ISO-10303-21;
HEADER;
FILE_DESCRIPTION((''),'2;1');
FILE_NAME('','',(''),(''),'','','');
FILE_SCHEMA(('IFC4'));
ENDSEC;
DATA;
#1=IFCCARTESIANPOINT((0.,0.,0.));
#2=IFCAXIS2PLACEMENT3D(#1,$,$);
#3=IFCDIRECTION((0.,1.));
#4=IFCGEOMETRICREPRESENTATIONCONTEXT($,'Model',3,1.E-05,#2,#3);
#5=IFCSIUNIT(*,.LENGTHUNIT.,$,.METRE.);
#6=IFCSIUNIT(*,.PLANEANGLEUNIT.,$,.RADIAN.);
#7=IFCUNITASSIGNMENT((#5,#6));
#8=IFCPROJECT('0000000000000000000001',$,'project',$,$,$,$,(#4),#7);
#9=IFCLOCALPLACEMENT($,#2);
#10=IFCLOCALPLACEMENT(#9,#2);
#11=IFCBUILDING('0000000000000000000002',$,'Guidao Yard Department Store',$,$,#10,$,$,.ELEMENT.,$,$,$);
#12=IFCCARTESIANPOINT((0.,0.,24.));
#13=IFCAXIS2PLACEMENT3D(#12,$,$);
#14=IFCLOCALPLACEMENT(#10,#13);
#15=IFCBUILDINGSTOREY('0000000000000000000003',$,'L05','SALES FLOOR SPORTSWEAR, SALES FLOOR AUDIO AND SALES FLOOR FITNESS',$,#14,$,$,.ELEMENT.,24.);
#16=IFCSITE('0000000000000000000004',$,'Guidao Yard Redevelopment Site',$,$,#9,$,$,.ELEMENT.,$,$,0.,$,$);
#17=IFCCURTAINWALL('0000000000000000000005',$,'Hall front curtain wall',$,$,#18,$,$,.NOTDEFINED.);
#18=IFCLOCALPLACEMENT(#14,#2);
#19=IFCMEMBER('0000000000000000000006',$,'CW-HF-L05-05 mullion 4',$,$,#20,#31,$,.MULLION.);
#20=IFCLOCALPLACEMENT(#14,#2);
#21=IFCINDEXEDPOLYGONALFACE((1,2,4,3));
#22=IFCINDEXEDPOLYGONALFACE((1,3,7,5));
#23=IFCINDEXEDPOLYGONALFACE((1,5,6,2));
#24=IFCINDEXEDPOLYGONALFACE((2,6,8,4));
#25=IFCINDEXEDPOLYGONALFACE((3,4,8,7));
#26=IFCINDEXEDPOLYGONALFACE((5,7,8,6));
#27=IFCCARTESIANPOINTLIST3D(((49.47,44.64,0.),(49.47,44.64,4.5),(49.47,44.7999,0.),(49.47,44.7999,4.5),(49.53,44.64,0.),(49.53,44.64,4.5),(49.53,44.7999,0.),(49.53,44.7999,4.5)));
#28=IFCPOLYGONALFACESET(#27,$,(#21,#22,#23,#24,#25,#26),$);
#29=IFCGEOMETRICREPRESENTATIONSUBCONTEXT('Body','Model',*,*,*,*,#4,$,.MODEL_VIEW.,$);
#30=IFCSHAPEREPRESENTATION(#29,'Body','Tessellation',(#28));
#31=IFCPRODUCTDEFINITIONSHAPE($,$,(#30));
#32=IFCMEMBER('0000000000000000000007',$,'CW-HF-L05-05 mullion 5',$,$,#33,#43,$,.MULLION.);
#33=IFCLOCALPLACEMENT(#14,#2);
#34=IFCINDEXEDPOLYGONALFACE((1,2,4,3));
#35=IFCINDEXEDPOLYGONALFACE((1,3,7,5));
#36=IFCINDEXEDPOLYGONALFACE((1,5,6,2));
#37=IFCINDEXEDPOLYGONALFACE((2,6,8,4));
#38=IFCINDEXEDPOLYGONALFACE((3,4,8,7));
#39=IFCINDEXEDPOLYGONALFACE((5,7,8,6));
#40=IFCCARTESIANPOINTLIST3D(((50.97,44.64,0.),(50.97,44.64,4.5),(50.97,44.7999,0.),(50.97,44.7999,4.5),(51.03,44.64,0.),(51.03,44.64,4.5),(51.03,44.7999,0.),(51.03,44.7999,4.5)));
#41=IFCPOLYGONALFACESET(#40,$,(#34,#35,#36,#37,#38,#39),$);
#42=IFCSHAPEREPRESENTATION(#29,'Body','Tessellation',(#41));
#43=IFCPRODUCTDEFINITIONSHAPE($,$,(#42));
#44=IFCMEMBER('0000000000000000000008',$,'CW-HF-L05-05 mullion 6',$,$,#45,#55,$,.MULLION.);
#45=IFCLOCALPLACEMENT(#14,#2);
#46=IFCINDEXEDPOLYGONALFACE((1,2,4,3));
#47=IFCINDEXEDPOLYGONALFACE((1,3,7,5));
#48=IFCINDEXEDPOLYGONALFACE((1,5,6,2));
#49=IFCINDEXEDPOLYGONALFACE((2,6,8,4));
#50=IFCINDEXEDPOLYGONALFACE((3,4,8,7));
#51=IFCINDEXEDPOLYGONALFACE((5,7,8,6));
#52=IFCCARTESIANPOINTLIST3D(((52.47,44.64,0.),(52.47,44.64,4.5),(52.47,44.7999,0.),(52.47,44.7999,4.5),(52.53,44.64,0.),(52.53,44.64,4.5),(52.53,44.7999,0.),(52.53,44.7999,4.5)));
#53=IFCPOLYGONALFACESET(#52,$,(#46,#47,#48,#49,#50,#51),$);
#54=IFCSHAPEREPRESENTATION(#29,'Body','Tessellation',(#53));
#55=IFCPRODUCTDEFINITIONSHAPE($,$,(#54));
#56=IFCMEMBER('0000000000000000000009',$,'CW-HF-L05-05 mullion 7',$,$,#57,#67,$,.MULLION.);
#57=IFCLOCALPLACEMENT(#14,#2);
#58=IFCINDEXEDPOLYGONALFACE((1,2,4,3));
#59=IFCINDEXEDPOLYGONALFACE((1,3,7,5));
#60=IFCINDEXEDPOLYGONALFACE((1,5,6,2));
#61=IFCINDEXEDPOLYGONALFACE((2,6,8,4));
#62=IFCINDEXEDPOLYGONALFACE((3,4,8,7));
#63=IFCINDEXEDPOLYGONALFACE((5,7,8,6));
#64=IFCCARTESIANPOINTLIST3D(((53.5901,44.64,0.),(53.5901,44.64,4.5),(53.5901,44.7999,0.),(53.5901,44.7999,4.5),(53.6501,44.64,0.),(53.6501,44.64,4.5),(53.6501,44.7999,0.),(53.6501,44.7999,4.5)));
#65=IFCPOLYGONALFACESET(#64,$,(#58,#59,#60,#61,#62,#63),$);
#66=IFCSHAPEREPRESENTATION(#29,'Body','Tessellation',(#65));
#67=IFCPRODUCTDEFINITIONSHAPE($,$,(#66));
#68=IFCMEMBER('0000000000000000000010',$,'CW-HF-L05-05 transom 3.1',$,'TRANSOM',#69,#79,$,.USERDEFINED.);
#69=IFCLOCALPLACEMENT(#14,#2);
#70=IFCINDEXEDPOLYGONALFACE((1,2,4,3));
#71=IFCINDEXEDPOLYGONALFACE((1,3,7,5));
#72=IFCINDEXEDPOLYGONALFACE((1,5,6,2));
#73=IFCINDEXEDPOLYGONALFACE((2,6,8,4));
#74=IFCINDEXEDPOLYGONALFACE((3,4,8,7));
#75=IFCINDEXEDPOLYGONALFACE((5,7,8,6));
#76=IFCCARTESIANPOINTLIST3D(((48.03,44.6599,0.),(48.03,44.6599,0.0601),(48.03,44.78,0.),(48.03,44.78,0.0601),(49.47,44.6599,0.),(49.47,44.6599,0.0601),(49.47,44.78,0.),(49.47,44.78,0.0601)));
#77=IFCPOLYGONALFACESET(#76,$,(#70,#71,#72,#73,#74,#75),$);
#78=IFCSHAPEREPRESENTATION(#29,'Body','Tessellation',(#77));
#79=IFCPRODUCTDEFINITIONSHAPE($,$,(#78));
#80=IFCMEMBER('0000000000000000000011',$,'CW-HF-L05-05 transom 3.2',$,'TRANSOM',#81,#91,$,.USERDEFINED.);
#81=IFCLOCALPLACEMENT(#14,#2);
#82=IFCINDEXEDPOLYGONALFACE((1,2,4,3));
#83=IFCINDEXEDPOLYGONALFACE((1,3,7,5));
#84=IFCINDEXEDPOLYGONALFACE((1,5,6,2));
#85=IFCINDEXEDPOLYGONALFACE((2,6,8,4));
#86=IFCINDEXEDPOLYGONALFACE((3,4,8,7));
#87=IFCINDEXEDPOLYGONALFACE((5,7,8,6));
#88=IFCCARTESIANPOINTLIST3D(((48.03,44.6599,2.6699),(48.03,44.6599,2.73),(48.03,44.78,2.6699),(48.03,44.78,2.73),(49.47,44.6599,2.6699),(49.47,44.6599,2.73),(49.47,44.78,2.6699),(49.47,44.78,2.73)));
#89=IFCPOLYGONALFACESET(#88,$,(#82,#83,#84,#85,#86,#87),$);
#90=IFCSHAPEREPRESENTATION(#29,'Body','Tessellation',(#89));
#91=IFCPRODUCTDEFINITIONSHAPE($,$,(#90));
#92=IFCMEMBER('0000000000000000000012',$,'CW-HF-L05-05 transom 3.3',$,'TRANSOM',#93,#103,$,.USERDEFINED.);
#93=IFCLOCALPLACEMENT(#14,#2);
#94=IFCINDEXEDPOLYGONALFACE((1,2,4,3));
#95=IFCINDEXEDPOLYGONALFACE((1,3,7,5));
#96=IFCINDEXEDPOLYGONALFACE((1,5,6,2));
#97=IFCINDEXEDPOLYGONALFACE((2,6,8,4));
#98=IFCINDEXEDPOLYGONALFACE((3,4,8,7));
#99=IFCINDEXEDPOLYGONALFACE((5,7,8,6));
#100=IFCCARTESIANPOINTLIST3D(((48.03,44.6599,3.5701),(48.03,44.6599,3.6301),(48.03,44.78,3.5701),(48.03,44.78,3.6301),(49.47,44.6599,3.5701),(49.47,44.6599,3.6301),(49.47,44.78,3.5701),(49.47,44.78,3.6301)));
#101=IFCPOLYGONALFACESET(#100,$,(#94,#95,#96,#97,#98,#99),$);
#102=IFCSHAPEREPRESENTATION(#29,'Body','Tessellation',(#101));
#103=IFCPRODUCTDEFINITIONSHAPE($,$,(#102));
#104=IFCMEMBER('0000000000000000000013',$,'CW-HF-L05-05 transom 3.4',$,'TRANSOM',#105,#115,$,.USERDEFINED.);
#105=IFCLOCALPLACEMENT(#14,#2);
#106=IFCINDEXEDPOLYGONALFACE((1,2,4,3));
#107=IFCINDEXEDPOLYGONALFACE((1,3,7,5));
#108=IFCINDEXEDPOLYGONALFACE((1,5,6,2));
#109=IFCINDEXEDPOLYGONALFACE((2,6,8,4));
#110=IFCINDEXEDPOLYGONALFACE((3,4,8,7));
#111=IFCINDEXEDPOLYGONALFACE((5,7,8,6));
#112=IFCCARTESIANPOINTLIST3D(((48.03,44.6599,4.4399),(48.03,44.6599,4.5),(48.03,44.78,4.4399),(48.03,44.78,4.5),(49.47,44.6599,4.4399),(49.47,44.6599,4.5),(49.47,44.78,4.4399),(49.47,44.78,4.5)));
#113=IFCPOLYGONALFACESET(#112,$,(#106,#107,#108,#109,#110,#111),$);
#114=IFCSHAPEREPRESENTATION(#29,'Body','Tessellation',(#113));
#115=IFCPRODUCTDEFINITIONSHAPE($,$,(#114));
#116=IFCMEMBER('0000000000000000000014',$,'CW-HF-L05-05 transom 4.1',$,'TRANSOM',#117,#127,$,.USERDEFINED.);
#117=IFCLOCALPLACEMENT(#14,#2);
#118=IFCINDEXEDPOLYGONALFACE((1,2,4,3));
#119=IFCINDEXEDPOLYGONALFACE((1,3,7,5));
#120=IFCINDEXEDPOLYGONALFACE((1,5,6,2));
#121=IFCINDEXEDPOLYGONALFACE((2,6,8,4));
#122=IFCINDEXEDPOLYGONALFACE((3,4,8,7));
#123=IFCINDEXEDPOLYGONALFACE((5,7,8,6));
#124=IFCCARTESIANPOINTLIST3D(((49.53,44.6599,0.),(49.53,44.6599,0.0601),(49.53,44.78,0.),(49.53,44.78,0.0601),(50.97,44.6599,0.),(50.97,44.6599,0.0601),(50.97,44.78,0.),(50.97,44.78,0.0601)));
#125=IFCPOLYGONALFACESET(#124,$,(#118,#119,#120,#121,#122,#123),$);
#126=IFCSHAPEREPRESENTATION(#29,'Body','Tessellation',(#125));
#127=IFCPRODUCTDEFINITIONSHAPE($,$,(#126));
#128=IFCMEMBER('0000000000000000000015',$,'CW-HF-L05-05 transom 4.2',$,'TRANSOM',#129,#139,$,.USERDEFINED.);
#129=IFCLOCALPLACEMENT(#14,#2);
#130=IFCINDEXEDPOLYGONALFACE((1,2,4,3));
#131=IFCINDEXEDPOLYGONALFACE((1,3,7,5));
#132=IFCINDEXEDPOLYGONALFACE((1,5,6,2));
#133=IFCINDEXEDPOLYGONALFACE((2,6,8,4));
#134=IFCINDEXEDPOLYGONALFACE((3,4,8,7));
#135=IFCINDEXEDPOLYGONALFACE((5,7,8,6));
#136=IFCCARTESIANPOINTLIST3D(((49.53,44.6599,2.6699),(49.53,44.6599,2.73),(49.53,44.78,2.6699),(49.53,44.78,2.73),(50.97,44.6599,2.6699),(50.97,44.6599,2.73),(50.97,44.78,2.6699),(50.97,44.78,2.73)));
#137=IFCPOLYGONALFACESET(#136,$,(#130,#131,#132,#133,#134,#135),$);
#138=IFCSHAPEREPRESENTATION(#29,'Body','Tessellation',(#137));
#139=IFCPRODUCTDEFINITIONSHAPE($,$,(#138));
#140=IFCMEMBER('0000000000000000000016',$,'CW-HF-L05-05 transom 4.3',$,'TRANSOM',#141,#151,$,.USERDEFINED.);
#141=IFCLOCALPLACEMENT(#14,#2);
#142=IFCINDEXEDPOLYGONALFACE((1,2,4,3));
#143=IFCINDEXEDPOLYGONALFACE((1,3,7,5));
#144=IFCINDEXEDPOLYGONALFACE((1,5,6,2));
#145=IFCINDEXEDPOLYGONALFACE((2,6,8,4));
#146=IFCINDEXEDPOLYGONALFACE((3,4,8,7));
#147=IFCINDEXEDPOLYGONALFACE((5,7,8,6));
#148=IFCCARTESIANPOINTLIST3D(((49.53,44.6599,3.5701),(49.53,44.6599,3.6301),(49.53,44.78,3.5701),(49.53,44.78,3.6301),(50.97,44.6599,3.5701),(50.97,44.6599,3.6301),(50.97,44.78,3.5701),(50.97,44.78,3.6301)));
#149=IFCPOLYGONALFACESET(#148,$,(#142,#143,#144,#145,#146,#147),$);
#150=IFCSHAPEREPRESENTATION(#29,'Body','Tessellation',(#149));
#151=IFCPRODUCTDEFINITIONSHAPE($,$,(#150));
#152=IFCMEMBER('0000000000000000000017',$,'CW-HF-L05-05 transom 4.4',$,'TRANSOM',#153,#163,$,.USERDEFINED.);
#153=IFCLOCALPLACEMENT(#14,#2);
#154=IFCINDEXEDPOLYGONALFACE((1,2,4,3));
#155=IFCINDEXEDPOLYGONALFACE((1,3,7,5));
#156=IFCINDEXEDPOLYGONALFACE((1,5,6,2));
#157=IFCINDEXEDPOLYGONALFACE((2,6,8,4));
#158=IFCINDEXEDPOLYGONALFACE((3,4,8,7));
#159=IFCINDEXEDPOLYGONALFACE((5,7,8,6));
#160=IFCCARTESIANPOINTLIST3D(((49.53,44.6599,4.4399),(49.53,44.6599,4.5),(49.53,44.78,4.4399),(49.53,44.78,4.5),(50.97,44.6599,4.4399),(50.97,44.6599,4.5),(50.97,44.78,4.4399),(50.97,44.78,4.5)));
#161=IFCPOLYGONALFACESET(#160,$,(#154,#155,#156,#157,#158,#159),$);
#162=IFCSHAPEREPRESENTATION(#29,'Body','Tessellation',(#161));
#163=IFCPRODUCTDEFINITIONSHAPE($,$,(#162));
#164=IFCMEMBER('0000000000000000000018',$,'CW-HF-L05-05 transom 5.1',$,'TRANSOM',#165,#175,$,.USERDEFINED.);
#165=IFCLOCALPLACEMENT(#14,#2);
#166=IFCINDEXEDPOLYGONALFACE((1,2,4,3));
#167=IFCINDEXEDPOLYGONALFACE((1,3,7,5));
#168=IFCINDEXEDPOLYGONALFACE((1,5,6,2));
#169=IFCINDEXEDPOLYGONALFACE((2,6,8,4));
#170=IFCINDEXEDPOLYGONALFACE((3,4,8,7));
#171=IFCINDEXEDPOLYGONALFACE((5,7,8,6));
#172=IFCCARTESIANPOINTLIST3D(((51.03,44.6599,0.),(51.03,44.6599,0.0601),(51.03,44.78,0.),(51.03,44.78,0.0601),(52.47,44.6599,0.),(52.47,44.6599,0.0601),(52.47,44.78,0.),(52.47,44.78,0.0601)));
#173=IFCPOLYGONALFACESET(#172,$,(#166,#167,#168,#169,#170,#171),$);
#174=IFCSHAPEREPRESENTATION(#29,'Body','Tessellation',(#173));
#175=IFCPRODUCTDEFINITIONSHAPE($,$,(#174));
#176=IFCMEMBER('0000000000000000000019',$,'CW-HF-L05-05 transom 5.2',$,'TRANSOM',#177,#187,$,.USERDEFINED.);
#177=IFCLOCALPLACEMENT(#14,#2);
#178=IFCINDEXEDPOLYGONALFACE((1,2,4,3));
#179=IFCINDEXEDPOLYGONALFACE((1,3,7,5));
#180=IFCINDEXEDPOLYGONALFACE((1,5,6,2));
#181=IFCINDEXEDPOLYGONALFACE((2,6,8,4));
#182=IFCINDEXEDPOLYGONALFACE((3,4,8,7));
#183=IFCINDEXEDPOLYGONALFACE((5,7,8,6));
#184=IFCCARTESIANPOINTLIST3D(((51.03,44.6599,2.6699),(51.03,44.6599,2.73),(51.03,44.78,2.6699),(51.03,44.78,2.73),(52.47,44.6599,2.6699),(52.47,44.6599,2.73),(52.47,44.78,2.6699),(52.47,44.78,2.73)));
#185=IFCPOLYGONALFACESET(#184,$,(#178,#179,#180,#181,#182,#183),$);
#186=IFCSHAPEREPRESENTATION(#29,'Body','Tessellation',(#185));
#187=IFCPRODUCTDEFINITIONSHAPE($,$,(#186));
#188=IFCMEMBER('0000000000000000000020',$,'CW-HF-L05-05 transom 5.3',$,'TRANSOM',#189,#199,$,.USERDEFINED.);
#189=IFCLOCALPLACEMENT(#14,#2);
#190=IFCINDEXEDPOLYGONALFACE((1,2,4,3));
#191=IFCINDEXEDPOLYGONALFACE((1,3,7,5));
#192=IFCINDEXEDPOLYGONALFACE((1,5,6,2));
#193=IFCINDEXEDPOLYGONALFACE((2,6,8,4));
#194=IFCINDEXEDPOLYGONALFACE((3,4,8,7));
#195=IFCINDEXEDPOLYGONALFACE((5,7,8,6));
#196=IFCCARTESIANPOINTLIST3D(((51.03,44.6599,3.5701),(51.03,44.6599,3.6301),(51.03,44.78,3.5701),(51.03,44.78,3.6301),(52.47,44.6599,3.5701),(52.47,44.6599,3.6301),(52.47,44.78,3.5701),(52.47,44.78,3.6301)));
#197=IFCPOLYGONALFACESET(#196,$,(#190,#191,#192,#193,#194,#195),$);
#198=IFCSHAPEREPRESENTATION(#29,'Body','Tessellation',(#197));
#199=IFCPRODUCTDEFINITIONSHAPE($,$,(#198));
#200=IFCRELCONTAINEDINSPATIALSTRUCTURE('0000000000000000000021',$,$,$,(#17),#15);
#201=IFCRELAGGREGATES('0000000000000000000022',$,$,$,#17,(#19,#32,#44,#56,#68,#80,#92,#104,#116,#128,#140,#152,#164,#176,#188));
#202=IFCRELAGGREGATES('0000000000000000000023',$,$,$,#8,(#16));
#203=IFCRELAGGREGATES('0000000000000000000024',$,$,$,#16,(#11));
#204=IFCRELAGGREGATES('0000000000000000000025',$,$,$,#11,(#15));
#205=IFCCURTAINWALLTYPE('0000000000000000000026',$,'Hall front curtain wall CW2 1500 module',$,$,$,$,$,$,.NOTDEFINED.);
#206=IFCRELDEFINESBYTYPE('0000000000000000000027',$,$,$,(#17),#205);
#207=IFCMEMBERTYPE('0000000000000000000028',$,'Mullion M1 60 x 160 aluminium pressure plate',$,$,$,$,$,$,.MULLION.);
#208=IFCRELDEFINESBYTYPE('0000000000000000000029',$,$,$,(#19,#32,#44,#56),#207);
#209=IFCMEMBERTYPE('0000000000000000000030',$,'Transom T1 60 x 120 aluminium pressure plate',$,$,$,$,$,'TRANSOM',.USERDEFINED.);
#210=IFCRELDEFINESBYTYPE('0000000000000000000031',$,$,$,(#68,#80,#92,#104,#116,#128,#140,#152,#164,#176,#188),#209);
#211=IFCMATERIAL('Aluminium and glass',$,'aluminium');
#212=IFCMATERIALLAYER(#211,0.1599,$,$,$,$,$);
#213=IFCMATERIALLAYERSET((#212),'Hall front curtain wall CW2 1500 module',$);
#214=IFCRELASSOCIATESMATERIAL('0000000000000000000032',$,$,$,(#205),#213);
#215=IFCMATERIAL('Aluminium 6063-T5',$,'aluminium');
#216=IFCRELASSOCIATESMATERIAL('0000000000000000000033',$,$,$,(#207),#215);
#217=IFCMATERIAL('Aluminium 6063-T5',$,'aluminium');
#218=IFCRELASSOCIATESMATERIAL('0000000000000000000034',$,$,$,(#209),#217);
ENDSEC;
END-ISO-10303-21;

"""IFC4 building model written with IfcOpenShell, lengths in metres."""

from ifc_helpers import new_model, si_unit, direction, frame, origin, origin_2d, place, context, subcontext, project, spatial, rectangle, extrude, material, layer, layer_set, material_profile, profile_set, type_object, element, aggregate, save


model = new_model("IFC4")

# Units and contexts
model_context = context("Model", 3, precision=1e-05, world=origin(), true_north=direction((0.0, 1.0)))
body_context = subcontext(model_context, "Body", "Model", "MODEL_VIEW")
ifc_project = project(units=[si_unit("LENGTHUNIT", "METRE"), si_unit("PLANEANGLEUNIT", "RADIAN")], contexts=[model_context])

# Site, building, storey
site_placement = place(None, origin())
site = spatial("IfcSite", under=ifc_project, at=site_placement, Name="Guidao Yard Redevelopment Site", CompositionType="ELEMENT", RefElevation=0.0)
building_placement = place(site_placement, origin())
building = spatial("IfcBuilding", under=site, at=building_placement, Name="Guidao Yard Department Store", CompositionType="ELEMENT")
storey_placement = place(building_placement, frame((0.0, 0.0, 24.0)))
storey = spatial("IfcBuildingStorey", under=building, at=storey_placement, Name="L05", Description="SALES FLOOR SPORTSWEAR, SALES FLOOR AUDIO AND SALES FLOOR FITNESS", CompositionType="ELEMENT", Elevation=24.0)

# Curtain wall, members
ifc_material_1 = material(Name="Aluminium and glass", Category="aluminium")
ifc_layer_1 = layer(ifc_material_1, 0.1599)
ifc_layer_set_1 = layer_set([ifc_layer_1], Name="Hall front curtain wall CW2 1500 module")
curtain_wall_type = type_object("IfcCurtainWallType", Name="Hall front curtain wall CW2 1500 module", PredefinedType="NOTDEFINED", material=ifc_layer_set_1)
curtain_wall_placement = place(storey_placement, origin())
curtain_wall = element("IfcCurtainWall", 1, at=curtain_wall_placement, inside=storey, type_object=curtain_wall_type, Name="Hall front curtain wall", PredefinedType="NOTDEFINED")
ifc_material_2 = material(Name="Aluminium 6063-T5", Category="aluminium")
ifc_material_profile_1 = material_profile(ifc_material_2, rectangle(XDim=0.0601, YDim=0.1599, at=origin_2d()), Name="Mullion M1 60 x 160 aluminium pressure plate")
ifc_profile_set_1 = profile_set([ifc_material_profile_1], Name="Aluminium 6063-T5")
member_type_1 = type_object("IfcMemberType", Name="Mullion M1 60 x 160 aluminium pressure plate", PredefinedType="MULLION", material=ifc_profile_set_1)
member_1_placement = place(storey_placement, frame((49.5, 44.72, 0.0), z_axis=(0.0, 0.0, 1.0), x_axis=(-1.0, 0.0, 0.0)))
member_1 = element("IfcMember", 2, at=member_1_placement, type_object=member_type_1, Name="CW-HF-L05-05 mullion 4", PredefinedType="MULLION", context=body_context, shape_type="SweptSolid", body=[
    extrude(rectangle(XDim=0.0601, YDim=0.1599, at=origin_2d()), origin(), (0.0, 0.0, 1.0), 4.5),
])
member_2_placement = place(storey_placement, frame((51.0, 44.72, 0.0), z_axis=(0.0, 0.0, 1.0), x_axis=(-1.0, 0.0, 0.0)))
member_2 = element("IfcMember", 3, at=member_2_placement, type_object=member_type_1, Name="CW-HF-L05-05 mullion 5", PredefinedType="MULLION", context=body_context, shape_type="SweptSolid", body=[
    extrude(rectangle(XDim=0.0601, YDim=0.1599, at=origin_2d()), origin(), (0.0, 0.0, 1.0), 4.5),
])
member_3_placement = place(storey_placement, frame((52.5, 44.72, 0.0), z_axis=(0.0, 0.0, 1.0), x_axis=(-1.0, 0.0, 0.0)))
member_3 = element("IfcMember", 4, at=member_3_placement, type_object=member_type_1, Name="CW-HF-L05-05 mullion 6", PredefinedType="MULLION", context=body_context, shape_type="SweptSolid", body=[
    extrude(rectangle(XDim=0.0601, YDim=0.1599, at=origin_2d()), origin(), (0.0, 0.0, 1.0), 4.5),
])
member_4_placement = place(storey_placement, frame((53.6201, 44.72, 0.0), z_axis=(0.0, 0.0, 1.0), x_axis=(-1.0, 0.0, 0.0)))
member_4 = element("IfcMember", 5, at=member_4_placement, type_object=member_type_1, Name="CW-HF-L05-05 mullion 7", PredefinedType="MULLION", context=body_context, shape_type="SweptSolid", body=[
    extrude(rectangle(XDim=0.0601, YDim=0.1599, at=origin_2d()), origin(), (0.0, 0.0, 1.0), 4.5),
])
ifc_material_3 = material(Name="Aluminium 6063-T5", Category="aluminium")
ifc_material_profile_2 = material_profile(ifc_material_3, rectangle(XDim=0.1201, YDim=0.0601, at=origin_2d()), Name="Transom T1 60 x 120 aluminium pressure plate")
ifc_profile_set_2 = profile_set([ifc_material_profile_2], Name="Aluminium 6063-T5")
member_type_2 = type_object("IfcMemberType", Name="Transom T1 60 x 120 aluminium pressure plate", ElementType="TRANSOM", PredefinedType="USERDEFINED", material=ifc_profile_set_2)
member_5_placement = place(storey_placement, frame((49.47, 44.72, 0.03), z_axis=(-1.0, 0.0, 0.0), x_axis=(0.0, -1.0, 0.0)))
member_5 = element("IfcMember", 6, at=member_5_placement, type_object=member_type_2, Name="CW-HF-L05-05 transom 3.1", ObjectType="TRANSOM", PredefinedType="USERDEFINED", context=body_context, shape_type="SweptSolid", body=[
    extrude(rectangle(XDim=0.1201, YDim=0.0601, at=origin_2d()), origin(), (0.0, 0.0, 1.0), 1.4399),
])
member_6_placement = place(storey_placement, frame((49.47, 44.72, 2.7), z_axis=(-1.0, 0.0, 0.0), x_axis=(0.0, -1.0, 0.0)))
member_6 = element("IfcMember", 7, at=member_6_placement, type_object=member_type_2, Name="CW-HF-L05-05 transom 3.2", ObjectType="TRANSOM", PredefinedType="USERDEFINED", context=body_context, shape_type="SweptSolid", body=[
    extrude(rectangle(XDim=0.1201, YDim=0.0601, at=origin_2d()), origin(), (0.0, 0.0, 1.0), 1.4399),
])
member_7_placement = place(storey_placement, frame((49.47, 44.72, 3.6001), z_axis=(-1.0, 0.0, 0.0), x_axis=(0.0, -1.0, 0.0)))
member_7 = element("IfcMember", 8, at=member_7_placement, type_object=member_type_2, Name="CW-HF-L05-05 transom 3.3", ObjectType="TRANSOM", PredefinedType="USERDEFINED", context=body_context, shape_type="SweptSolid", body=[
    extrude(rectangle(XDim=0.1201, YDim=0.0601, at=origin_2d()), origin(), (0.0, 0.0, 1.0), 1.4399),
])
member_8_placement = place(storey_placement, frame((49.47, 44.72, 4.47), z_axis=(-1.0, 0.0, 0.0), x_axis=(0.0, -1.0, 0.0)))
member_8 = element("IfcMember", 9, at=member_8_placement, type_object=member_type_2, Name="CW-HF-L05-05 transom 3.4", ObjectType="TRANSOM", PredefinedType="USERDEFINED", context=body_context, shape_type="SweptSolid", body=[
    extrude(rectangle(XDim=0.1201, YDim=0.0601, at=origin_2d()), origin(), (0.0, 0.0, 1.0), 1.4399),
])
member_9_placement = place(storey_placement, frame((50.97, 44.72, 0.03), z_axis=(-1.0, 0.0, 0.0), x_axis=(0.0, -1.0, 0.0)))
member_9 = element("IfcMember", 10, at=member_9_placement, type_object=member_type_2, Name="CW-HF-L05-05 transom 4.1", ObjectType="TRANSOM", PredefinedType="USERDEFINED", context=body_context, shape_type="SweptSolid", body=[
    extrude(rectangle(XDim=0.1201, YDim=0.0601, at=origin_2d()), origin(), (0.0, 0.0, 1.0), 1.4399),
])
member_10_placement = place(storey_placement, frame((50.97, 44.72, 2.7), z_axis=(-1.0, 0.0, 0.0), x_axis=(0.0, -1.0, 0.0)))
member_10 = element("IfcMember", 11, at=member_10_placement, type_object=member_type_2, Name="CW-HF-L05-05 transom 4.2", ObjectType="TRANSOM", PredefinedType="USERDEFINED", context=body_context, shape_type="SweptSolid", body=[
    extrude(rectangle(XDim=0.1201, YDim=0.0601, at=origin_2d()), origin(), (0.0, 0.0, 1.0), 1.4399),
])
member_11_placement = place(storey_placement, frame((50.97, 44.72, 3.6001), z_axis=(-1.0, 0.0, 0.0), x_axis=(0.0, -1.0, 0.0)))
member_11 = element("IfcMember", 12, at=member_11_placement, type_object=member_type_2, Name="CW-HF-L05-05 transom 4.3", ObjectType="TRANSOM", PredefinedType="USERDEFINED", context=body_context, shape_type="SweptSolid", body=[
    extrude(rectangle(XDim=0.1201, YDim=0.0601, at=origin_2d()), origin(), (0.0, 0.0, 1.0), 1.4399),
])
member_12_placement = place(storey_placement, frame((50.97, 44.72, 4.47), z_axis=(-1.0, 0.0, 0.0), x_axis=(0.0, -1.0, 0.0)))
member_12 = element("IfcMember", 13, at=member_12_placement, type_object=member_type_2, Name="CW-HF-L05-05 transom 4.4", ObjectType="TRANSOM", PredefinedType="USERDEFINED", context=body_context, shape_type="SweptSolid", body=[
    extrude(rectangle(XDim=0.1201, YDim=0.0601, at=origin_2d()), origin(), (0.0, 0.0, 1.0), 1.4399),
])
member_13_placement = place(storey_placement, frame((52.47, 44.72, 0.03), z_axis=(-1.0, 0.0, 0.0), x_axis=(0.0, -1.0, 0.0)))
member_13 = element("IfcMember", 14, at=member_13_placement, type_object=member_type_2, Name="CW-HF-L05-05 transom 5.1", ObjectType="TRANSOM", PredefinedType="USERDEFINED", context=body_context, shape_type="SweptSolid", body=[
    extrude(rectangle(XDim=0.1201, YDim=0.0601, at=origin_2d()), origin(), (0.0, 0.0, 1.0), 1.4399),
])
member_14_placement = place(storey_placement, frame((52.47, 44.72, 2.7), z_axis=(-1.0, 0.0, 0.0), x_axis=(0.0, -1.0, 0.0)))
member_14 = element("IfcMember", 15, at=member_14_placement, type_object=member_type_2, Name="CW-HF-L05-05 transom 5.2", ObjectType="TRANSOM", PredefinedType="USERDEFINED", context=body_context, shape_type="SweptSolid", body=[
    extrude(rectangle(XDim=0.1201, YDim=0.0601, at=origin_2d()), origin(), (0.0, 0.0, 1.0), 1.4399),
])
member_15_placement = place(storey_placement, frame((52.47, 44.72, 3.6001), z_axis=(-1.0, 0.0, 0.0), x_axis=(0.0, -1.0, 0.0)))
member_15 = element("IfcMember", 16, at=member_15_placement, type_object=member_type_2, Name="CW-HF-L05-05 transom 5.3", ObjectType="TRANSOM", PredefinedType="USERDEFINED", context=body_context, shape_type="SweptSolid", body=[
    extrude(rectangle(XDim=0.1201, YDim=0.0601, at=origin_2d()), origin(), (0.0, 0.0, 1.0), 1.4399),
])
aggregate(curtain_wall, [member_1, member_2, member_3, member_4, member_5, member_6, member_7, member_8, member_9, member_10, member_11, member_12, member_13, member_14, member_15])

save(model, "model.ifc")
